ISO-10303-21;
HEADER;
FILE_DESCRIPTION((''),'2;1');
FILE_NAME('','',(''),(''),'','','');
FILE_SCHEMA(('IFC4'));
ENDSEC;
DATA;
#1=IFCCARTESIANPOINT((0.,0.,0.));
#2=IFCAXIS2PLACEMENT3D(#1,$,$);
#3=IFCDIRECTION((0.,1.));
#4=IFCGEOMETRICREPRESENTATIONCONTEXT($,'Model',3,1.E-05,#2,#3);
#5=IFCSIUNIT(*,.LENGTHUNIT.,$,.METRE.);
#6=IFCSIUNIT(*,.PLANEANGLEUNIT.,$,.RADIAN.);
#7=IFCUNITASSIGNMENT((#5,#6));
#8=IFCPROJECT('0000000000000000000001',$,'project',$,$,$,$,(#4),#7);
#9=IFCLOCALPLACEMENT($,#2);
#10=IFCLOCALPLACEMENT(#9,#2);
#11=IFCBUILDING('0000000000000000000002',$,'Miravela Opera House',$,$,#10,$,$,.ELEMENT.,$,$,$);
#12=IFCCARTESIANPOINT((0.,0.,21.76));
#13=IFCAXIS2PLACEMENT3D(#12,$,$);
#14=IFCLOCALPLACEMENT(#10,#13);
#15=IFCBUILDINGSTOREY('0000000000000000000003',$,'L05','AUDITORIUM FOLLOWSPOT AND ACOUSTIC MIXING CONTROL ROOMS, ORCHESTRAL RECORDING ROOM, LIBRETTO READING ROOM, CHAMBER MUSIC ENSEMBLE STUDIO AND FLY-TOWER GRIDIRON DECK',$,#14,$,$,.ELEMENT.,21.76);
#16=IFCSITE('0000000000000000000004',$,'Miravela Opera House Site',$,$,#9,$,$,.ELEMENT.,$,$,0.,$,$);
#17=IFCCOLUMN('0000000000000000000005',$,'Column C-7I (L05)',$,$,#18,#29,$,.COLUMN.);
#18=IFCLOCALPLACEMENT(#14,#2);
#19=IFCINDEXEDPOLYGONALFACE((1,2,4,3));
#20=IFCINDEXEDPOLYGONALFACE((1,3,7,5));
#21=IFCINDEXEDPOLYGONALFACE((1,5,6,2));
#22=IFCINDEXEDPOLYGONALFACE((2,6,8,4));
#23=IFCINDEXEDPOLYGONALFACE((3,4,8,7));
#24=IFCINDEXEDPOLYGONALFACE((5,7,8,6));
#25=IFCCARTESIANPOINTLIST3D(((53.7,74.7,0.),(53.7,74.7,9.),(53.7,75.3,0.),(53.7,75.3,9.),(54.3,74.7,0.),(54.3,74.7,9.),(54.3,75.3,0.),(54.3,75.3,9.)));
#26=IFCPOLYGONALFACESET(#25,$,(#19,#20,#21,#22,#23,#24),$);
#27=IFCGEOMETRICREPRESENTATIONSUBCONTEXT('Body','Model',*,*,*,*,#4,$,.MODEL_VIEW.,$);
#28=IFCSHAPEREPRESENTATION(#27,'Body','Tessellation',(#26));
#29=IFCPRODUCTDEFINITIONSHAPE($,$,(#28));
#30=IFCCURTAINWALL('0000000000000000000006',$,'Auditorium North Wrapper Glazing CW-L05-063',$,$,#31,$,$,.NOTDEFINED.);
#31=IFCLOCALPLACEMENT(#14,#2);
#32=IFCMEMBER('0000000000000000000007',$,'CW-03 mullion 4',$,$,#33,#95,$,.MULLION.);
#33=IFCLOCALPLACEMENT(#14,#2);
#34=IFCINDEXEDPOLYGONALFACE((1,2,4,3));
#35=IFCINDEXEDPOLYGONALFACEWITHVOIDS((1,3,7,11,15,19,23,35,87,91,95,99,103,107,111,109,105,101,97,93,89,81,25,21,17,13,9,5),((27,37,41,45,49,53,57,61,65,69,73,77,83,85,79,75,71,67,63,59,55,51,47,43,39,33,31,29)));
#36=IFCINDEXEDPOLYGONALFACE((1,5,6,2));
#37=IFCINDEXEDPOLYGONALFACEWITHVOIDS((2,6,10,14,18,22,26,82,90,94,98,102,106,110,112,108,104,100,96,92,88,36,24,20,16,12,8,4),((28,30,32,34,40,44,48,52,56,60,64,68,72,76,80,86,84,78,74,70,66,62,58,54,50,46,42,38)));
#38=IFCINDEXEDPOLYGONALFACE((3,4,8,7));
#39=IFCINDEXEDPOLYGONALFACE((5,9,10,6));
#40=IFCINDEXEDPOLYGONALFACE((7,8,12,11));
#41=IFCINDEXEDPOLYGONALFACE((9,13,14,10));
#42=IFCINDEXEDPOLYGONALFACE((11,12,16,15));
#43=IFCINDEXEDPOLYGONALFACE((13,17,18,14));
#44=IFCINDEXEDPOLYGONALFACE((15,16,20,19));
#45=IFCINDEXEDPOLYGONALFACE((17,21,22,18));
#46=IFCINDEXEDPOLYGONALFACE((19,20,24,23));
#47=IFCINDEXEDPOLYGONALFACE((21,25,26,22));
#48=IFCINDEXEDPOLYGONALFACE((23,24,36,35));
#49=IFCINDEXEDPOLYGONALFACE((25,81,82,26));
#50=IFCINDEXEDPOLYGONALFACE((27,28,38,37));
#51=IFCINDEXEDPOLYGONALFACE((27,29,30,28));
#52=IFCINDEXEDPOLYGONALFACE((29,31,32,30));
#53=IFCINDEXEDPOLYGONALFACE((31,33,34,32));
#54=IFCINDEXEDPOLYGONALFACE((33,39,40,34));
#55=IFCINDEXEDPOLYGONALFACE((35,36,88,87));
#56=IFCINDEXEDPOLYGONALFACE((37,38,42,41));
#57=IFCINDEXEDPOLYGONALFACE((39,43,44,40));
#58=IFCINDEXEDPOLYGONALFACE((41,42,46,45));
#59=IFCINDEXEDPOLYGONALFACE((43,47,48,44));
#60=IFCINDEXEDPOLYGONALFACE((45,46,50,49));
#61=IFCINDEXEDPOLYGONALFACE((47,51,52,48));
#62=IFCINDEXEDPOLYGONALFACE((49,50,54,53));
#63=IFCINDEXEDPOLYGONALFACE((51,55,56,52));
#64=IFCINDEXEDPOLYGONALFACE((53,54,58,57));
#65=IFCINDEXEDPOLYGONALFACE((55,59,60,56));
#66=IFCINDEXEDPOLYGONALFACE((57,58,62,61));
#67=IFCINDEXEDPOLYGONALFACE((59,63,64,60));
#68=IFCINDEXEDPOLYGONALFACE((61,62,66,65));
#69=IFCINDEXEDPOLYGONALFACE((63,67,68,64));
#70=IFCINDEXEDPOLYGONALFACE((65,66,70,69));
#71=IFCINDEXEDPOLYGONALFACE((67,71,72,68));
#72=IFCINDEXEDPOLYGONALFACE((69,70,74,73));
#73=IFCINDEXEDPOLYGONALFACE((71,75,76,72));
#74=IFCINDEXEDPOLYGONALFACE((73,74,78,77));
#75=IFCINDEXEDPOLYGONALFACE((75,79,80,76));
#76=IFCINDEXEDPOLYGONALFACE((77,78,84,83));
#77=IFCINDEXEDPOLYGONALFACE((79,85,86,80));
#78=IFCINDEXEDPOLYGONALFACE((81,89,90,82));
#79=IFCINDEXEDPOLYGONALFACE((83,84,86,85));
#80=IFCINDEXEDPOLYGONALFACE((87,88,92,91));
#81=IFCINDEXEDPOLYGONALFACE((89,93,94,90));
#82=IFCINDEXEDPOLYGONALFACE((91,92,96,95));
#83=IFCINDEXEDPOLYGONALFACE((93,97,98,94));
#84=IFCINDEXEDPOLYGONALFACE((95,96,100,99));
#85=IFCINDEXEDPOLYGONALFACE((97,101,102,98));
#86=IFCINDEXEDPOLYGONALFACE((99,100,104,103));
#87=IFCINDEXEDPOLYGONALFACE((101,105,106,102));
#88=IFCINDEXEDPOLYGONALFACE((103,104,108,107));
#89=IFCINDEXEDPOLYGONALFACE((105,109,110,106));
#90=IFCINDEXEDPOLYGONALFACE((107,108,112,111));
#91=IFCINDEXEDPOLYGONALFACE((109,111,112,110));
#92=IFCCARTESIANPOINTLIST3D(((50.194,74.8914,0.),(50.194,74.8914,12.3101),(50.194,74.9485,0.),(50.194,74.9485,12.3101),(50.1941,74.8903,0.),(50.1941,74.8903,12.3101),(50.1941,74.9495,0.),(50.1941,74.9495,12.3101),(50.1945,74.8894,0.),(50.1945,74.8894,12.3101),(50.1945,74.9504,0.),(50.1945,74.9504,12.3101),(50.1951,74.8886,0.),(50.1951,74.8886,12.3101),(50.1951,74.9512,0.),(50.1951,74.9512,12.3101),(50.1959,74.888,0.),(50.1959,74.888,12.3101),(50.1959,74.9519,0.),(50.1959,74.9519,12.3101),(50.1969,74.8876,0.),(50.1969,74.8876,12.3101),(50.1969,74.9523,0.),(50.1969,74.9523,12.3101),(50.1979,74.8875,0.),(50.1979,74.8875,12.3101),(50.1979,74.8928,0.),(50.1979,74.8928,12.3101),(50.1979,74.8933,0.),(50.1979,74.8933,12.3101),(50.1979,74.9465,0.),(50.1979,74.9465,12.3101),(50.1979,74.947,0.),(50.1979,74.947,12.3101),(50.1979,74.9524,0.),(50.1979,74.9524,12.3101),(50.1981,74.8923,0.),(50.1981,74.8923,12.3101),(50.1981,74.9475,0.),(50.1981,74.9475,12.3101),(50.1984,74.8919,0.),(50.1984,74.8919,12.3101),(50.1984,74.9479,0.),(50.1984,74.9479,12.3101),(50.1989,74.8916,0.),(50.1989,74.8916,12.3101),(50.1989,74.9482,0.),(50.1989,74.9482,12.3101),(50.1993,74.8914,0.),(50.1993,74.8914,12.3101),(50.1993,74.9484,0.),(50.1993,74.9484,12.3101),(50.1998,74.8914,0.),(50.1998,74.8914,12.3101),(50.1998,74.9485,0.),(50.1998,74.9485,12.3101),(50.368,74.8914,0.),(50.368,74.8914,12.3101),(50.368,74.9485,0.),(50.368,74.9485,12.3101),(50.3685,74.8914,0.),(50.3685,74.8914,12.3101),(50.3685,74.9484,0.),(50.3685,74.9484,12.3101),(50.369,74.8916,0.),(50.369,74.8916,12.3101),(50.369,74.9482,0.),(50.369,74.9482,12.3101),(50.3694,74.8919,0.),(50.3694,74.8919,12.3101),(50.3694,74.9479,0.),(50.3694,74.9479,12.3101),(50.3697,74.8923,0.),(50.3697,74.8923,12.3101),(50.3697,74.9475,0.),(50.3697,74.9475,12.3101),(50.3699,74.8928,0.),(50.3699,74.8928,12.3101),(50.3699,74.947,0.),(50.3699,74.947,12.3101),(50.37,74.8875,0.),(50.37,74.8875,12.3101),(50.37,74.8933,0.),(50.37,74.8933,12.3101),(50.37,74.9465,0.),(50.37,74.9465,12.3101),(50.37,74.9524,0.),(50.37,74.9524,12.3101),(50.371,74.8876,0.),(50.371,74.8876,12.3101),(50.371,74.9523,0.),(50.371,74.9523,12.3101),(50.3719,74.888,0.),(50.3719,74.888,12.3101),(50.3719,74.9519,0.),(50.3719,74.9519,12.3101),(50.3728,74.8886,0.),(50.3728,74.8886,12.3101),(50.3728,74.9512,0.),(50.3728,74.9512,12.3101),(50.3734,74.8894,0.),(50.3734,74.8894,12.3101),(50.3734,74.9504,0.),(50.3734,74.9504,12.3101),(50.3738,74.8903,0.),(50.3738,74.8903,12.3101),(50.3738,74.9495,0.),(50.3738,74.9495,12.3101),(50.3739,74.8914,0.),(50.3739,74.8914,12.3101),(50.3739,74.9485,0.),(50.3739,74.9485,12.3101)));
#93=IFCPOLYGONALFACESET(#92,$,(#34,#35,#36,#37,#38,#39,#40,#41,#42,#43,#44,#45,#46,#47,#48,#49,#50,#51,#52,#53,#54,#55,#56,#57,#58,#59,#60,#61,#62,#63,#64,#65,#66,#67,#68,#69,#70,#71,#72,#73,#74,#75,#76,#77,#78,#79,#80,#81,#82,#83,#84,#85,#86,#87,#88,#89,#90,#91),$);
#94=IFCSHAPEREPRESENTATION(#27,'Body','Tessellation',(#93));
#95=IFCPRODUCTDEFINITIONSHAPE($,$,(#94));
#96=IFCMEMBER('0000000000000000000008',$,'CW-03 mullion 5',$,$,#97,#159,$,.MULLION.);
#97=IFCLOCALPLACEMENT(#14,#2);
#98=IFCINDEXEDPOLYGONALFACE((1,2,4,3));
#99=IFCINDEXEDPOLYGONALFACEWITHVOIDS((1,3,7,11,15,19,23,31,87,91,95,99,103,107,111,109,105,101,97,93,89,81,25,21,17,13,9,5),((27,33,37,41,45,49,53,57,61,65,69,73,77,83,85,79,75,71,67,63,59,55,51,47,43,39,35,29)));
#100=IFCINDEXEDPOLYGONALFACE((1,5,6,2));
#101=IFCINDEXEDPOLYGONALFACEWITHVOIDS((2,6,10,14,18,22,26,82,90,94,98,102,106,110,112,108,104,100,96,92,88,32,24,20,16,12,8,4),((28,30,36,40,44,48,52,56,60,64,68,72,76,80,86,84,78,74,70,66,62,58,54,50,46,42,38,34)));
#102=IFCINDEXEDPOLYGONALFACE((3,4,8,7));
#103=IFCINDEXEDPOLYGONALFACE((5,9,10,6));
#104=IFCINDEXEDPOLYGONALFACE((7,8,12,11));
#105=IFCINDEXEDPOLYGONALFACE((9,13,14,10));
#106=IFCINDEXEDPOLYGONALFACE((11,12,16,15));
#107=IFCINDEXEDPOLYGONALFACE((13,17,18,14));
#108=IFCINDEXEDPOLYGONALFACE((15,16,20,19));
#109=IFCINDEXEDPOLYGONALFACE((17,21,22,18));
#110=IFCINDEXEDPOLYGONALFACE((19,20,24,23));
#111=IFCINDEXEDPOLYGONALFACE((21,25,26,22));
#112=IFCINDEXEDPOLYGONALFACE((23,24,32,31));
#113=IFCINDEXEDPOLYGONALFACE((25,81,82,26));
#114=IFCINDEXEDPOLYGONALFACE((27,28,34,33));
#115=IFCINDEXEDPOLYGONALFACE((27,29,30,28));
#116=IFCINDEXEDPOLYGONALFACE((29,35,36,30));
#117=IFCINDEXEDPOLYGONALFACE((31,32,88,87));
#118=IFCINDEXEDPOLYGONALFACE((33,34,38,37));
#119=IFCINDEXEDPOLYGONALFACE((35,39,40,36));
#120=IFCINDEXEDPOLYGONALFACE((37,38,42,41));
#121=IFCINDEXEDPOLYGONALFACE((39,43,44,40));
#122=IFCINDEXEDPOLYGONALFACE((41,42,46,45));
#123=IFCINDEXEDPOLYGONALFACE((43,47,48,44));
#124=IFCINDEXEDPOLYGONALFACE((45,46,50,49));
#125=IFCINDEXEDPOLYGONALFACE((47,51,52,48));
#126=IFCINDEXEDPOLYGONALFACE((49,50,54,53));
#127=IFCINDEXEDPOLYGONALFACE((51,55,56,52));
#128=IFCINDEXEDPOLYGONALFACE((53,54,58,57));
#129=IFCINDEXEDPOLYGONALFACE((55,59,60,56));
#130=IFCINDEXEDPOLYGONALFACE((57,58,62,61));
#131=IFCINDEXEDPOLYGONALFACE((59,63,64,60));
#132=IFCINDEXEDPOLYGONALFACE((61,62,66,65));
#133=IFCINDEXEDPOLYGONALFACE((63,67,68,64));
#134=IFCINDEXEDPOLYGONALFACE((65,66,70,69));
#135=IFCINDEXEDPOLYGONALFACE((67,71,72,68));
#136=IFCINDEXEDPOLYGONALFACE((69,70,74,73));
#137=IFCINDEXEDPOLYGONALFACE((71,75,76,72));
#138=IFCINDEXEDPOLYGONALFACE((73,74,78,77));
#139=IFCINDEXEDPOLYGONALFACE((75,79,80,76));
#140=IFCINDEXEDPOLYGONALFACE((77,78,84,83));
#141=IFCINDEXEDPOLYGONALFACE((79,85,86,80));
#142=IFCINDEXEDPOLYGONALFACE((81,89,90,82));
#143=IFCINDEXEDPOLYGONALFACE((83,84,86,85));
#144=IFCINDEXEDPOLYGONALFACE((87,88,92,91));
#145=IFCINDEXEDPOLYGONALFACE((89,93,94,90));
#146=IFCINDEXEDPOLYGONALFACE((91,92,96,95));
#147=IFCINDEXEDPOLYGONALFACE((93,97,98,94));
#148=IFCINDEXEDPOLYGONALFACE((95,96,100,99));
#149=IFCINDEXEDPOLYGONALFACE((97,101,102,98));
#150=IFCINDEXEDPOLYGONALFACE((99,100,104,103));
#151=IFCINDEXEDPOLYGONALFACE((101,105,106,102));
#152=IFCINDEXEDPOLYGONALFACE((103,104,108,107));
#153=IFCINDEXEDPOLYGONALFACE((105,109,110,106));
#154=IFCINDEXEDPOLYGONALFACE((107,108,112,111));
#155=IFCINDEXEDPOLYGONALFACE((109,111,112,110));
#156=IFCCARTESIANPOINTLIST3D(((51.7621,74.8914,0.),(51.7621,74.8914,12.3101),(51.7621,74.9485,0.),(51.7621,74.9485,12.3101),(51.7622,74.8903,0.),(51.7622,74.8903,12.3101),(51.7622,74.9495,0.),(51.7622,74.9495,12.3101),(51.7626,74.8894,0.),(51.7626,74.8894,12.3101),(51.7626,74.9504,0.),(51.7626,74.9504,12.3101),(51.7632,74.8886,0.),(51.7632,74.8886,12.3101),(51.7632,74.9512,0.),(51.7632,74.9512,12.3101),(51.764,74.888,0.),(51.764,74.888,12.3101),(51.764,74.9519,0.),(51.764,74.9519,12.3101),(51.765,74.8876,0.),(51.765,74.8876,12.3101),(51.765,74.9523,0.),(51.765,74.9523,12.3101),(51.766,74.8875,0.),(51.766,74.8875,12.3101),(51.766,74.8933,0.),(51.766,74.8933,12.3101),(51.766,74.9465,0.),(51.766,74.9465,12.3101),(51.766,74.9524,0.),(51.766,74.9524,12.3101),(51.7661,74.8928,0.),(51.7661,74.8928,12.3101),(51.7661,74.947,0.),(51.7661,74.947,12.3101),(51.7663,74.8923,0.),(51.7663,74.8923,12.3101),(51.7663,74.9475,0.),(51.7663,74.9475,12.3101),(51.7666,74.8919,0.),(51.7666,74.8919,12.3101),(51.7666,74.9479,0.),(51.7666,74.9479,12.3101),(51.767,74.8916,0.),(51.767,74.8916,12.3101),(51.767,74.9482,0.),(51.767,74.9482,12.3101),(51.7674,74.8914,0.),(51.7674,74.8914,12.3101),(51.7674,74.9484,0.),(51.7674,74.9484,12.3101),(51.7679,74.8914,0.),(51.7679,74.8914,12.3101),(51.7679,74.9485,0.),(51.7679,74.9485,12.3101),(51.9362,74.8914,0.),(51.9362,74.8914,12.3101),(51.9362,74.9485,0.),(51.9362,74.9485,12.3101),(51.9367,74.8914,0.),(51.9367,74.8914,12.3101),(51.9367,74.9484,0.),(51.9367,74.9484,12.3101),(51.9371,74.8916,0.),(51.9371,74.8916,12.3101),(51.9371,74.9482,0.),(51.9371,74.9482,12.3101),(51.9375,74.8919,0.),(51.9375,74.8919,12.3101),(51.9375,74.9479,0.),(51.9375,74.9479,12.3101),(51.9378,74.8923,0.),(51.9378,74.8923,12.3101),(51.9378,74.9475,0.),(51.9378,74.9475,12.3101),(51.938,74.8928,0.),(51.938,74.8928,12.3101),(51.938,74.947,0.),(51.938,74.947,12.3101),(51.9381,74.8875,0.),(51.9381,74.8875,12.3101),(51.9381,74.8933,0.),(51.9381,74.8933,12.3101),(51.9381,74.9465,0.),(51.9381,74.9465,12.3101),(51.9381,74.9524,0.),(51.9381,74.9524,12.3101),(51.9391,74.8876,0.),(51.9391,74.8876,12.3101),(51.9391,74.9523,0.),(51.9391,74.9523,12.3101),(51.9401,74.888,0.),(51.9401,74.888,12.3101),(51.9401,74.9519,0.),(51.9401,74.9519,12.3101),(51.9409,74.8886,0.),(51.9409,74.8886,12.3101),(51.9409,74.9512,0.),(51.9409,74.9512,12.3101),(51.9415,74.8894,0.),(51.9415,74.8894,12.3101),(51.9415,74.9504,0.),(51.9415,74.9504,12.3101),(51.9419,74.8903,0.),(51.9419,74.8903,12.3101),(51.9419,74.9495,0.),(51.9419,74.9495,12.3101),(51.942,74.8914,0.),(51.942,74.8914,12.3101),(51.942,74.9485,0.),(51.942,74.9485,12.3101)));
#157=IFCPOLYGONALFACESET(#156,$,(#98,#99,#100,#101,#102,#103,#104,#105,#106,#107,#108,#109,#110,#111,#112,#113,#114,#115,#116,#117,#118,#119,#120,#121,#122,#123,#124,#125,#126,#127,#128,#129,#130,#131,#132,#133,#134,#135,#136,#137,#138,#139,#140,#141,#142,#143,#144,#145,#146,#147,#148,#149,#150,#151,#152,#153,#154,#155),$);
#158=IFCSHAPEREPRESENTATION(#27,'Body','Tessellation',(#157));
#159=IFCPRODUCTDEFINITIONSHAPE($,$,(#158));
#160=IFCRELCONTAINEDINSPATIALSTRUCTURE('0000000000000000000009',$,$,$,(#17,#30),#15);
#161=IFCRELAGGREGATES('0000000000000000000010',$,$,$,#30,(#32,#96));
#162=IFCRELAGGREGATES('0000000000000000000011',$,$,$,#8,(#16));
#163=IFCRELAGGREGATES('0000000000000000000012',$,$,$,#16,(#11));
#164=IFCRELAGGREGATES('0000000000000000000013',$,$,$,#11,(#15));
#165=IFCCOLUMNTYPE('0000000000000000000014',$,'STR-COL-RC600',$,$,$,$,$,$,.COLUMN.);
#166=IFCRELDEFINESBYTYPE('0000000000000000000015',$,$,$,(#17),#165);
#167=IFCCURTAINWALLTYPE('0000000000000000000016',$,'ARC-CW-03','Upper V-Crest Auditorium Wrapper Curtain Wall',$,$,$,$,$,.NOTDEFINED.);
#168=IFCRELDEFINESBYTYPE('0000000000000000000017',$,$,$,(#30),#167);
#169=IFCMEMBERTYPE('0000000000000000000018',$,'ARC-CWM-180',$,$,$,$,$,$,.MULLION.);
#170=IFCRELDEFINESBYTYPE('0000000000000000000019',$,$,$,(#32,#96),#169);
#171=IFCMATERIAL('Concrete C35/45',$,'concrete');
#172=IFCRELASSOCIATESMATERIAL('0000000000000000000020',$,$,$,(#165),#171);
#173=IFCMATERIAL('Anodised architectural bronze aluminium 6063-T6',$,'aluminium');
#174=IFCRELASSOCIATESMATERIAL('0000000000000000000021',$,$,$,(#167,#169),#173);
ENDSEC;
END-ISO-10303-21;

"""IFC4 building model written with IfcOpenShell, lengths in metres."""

from ifc_helpers import new_model, si_unit, direction, frame, origin, origin_2d, place, context, subcontext, project, spatial, rectangle, hollow_rectangle, extrude, material, material_profile, profile_set, type_object, element, aggregate, save


model = new_model("IFC4")

# Units and contexts
model_context = context("Model", 3, precision=1e-05, world=origin(), true_north=direction((0.0, 1.0)))
body_context = subcontext(model_context, "Body", "Model", "MODEL_VIEW")
ifc_project = project(units=[si_unit("LENGTHUNIT", "METRE"), si_unit("PLANEANGLEUNIT", "RADIAN")], contexts=[model_context])

# Site, building, storey
site_placement = place(None, origin())
site = spatial("IfcSite", under=ifc_project, at=site_placement, Name="Miravela Opera House Site", CompositionType="ELEMENT", RefElevation=0.0)
building_placement = place(site_placement, origin())
building = spatial("IfcBuilding", under=site, at=building_placement, Name="Miravela Opera House", CompositionType="ELEMENT")
storey_placement = place(building_placement, frame((0.0, 0.0, 21.76)))
storey = spatial("IfcBuildingStorey", under=building, at=storey_placement, Name="L05", Description="AUDITORIUM FOLLOWSPOT AND ACOUSTIC MIXING CONTROL ROOMS, ORCHESTRAL RECORDING ROOM, LIBRETTO READING ROOM, CHAMBER MUSIC ENSEMBLE STUDIO AND FLY-TOWER GRIDIRON DECK", CompositionType="ELEMENT", Elevation=21.76)

# Column
ifc_material_1 = material(Name="Concrete C35/45", Category="concrete")
ifc_material_profile_1 = material_profile(ifc_material_1, rectangle(XDim=0.6001, YDim=0.6001, at=origin_2d()), Name="RC-COL-600X600")
ifc_profile_set_1 = profile_set([ifc_material_profile_1])
column_type = type_object("IfcColumnType", Name="STR-COL-RC600", PredefinedType="COLUMN", material=ifc_profile_set_1)
column_placement = place(storey_placement, frame((54.0, 75.0, 0.0), z_axis=(0.0, 0.0, 1.0), x_axis=(1.0, 0.0, 0.0)))
element("IfcColumn", 1, at=column_placement, inside=storey, type_object=column_type, Name="Column C-7I (L05)", PredefinedType="COLUMN", context=body_context, shape_type="SweptSolid", body=[
    extrude(rectangle(XDim=0.6001, YDim=0.6001, at=origin_2d()), origin(), (0.0, 0.0, 1.0), 9.0),
])

# Curtain wall, members
ifc_material_2 = material(Name="Anodised architectural bronze aluminium 6063-T6", Category="aluminium")
curtain_wall_type = type_object("IfcCurtainWallType", Name="ARC-CW-03", Description="Upper V-Crest Auditorium Wrapper Curtain Wall", PredefinedType="NOTDEFINED", material=ifc_material_2)
curtain_wall_1_placement = place(storey_placement, origin())
curtain_wall_1 = element("IfcCurtainWall", 2, at=curtain_wall_1_placement, inside=storey, type_object=curtain_wall_type, Name="Auditorium North Wrapper Glazing CW-L05-063", PredefinedType="NOTDEFINED")
ifc_material_profile_2 = material_profile(ifc_material_2, hollow_rectangle(XDim=0.0649, YDim=0.1799, WallThickness=0.0039, InnerFilletRadius=0.002, OuterFilletRadius=0.0039, at=origin_2d()), Name="CWM-65X180")
ifc_profile_set_2 = profile_set([ifc_material_profile_2])
member_type_1 = type_object("IfcMemberType", Name="ARC-CWM-180", PredefinedType="MULLION", material=ifc_profile_set_2)
member_1_placement = place(storey_placement, frame((50.2839, 74.9199, 0.0), z_axis=(0.0, 0.0, 1.0), x_axis=(0.0, 1.0, 0.0)))
member_1 = element("IfcMember", 3, at=member_1_placement, type_object=member_type_1, Name="CW-03 mullion 4", PredefinedType="MULLION", context=body_context, shape_type="SweptSolid", body=[
    extrude(hollow_rectangle(XDim=0.0649, YDim=0.1799, WallThickness=0.0039, InnerFilletRadius=0.002, OuterFilletRadius=0.0039, at=origin_2d()), origin(), (0.0, 0.0, 1.0), 12.3101),
])
member_2_placement = place(storey_placement, frame((51.8521, 74.9199, 0.0), z_axis=(0.0, 0.0, 1.0), x_axis=(0.0, 1.0, 0.0)))
member_2 = element("IfcMember", 4, at=member_2_placement, type_object=member_type_1, Name="CW-03 mullion 5", PredefinedType="MULLION", context=body_context, shape_type="SweptSolid", body=[
    extrude(hollow_rectangle(XDim=0.0649, YDim=0.1799, WallThickness=0.0039, InnerFilletRadius=0.002, OuterFilletRadius=0.0039, at=origin_2d()), origin(), (0.0, 0.0, 1.0), 12.3101),
])

aggregate(curtain_wall_1, [member_1, member_2])

save(model, "model.ifc")
